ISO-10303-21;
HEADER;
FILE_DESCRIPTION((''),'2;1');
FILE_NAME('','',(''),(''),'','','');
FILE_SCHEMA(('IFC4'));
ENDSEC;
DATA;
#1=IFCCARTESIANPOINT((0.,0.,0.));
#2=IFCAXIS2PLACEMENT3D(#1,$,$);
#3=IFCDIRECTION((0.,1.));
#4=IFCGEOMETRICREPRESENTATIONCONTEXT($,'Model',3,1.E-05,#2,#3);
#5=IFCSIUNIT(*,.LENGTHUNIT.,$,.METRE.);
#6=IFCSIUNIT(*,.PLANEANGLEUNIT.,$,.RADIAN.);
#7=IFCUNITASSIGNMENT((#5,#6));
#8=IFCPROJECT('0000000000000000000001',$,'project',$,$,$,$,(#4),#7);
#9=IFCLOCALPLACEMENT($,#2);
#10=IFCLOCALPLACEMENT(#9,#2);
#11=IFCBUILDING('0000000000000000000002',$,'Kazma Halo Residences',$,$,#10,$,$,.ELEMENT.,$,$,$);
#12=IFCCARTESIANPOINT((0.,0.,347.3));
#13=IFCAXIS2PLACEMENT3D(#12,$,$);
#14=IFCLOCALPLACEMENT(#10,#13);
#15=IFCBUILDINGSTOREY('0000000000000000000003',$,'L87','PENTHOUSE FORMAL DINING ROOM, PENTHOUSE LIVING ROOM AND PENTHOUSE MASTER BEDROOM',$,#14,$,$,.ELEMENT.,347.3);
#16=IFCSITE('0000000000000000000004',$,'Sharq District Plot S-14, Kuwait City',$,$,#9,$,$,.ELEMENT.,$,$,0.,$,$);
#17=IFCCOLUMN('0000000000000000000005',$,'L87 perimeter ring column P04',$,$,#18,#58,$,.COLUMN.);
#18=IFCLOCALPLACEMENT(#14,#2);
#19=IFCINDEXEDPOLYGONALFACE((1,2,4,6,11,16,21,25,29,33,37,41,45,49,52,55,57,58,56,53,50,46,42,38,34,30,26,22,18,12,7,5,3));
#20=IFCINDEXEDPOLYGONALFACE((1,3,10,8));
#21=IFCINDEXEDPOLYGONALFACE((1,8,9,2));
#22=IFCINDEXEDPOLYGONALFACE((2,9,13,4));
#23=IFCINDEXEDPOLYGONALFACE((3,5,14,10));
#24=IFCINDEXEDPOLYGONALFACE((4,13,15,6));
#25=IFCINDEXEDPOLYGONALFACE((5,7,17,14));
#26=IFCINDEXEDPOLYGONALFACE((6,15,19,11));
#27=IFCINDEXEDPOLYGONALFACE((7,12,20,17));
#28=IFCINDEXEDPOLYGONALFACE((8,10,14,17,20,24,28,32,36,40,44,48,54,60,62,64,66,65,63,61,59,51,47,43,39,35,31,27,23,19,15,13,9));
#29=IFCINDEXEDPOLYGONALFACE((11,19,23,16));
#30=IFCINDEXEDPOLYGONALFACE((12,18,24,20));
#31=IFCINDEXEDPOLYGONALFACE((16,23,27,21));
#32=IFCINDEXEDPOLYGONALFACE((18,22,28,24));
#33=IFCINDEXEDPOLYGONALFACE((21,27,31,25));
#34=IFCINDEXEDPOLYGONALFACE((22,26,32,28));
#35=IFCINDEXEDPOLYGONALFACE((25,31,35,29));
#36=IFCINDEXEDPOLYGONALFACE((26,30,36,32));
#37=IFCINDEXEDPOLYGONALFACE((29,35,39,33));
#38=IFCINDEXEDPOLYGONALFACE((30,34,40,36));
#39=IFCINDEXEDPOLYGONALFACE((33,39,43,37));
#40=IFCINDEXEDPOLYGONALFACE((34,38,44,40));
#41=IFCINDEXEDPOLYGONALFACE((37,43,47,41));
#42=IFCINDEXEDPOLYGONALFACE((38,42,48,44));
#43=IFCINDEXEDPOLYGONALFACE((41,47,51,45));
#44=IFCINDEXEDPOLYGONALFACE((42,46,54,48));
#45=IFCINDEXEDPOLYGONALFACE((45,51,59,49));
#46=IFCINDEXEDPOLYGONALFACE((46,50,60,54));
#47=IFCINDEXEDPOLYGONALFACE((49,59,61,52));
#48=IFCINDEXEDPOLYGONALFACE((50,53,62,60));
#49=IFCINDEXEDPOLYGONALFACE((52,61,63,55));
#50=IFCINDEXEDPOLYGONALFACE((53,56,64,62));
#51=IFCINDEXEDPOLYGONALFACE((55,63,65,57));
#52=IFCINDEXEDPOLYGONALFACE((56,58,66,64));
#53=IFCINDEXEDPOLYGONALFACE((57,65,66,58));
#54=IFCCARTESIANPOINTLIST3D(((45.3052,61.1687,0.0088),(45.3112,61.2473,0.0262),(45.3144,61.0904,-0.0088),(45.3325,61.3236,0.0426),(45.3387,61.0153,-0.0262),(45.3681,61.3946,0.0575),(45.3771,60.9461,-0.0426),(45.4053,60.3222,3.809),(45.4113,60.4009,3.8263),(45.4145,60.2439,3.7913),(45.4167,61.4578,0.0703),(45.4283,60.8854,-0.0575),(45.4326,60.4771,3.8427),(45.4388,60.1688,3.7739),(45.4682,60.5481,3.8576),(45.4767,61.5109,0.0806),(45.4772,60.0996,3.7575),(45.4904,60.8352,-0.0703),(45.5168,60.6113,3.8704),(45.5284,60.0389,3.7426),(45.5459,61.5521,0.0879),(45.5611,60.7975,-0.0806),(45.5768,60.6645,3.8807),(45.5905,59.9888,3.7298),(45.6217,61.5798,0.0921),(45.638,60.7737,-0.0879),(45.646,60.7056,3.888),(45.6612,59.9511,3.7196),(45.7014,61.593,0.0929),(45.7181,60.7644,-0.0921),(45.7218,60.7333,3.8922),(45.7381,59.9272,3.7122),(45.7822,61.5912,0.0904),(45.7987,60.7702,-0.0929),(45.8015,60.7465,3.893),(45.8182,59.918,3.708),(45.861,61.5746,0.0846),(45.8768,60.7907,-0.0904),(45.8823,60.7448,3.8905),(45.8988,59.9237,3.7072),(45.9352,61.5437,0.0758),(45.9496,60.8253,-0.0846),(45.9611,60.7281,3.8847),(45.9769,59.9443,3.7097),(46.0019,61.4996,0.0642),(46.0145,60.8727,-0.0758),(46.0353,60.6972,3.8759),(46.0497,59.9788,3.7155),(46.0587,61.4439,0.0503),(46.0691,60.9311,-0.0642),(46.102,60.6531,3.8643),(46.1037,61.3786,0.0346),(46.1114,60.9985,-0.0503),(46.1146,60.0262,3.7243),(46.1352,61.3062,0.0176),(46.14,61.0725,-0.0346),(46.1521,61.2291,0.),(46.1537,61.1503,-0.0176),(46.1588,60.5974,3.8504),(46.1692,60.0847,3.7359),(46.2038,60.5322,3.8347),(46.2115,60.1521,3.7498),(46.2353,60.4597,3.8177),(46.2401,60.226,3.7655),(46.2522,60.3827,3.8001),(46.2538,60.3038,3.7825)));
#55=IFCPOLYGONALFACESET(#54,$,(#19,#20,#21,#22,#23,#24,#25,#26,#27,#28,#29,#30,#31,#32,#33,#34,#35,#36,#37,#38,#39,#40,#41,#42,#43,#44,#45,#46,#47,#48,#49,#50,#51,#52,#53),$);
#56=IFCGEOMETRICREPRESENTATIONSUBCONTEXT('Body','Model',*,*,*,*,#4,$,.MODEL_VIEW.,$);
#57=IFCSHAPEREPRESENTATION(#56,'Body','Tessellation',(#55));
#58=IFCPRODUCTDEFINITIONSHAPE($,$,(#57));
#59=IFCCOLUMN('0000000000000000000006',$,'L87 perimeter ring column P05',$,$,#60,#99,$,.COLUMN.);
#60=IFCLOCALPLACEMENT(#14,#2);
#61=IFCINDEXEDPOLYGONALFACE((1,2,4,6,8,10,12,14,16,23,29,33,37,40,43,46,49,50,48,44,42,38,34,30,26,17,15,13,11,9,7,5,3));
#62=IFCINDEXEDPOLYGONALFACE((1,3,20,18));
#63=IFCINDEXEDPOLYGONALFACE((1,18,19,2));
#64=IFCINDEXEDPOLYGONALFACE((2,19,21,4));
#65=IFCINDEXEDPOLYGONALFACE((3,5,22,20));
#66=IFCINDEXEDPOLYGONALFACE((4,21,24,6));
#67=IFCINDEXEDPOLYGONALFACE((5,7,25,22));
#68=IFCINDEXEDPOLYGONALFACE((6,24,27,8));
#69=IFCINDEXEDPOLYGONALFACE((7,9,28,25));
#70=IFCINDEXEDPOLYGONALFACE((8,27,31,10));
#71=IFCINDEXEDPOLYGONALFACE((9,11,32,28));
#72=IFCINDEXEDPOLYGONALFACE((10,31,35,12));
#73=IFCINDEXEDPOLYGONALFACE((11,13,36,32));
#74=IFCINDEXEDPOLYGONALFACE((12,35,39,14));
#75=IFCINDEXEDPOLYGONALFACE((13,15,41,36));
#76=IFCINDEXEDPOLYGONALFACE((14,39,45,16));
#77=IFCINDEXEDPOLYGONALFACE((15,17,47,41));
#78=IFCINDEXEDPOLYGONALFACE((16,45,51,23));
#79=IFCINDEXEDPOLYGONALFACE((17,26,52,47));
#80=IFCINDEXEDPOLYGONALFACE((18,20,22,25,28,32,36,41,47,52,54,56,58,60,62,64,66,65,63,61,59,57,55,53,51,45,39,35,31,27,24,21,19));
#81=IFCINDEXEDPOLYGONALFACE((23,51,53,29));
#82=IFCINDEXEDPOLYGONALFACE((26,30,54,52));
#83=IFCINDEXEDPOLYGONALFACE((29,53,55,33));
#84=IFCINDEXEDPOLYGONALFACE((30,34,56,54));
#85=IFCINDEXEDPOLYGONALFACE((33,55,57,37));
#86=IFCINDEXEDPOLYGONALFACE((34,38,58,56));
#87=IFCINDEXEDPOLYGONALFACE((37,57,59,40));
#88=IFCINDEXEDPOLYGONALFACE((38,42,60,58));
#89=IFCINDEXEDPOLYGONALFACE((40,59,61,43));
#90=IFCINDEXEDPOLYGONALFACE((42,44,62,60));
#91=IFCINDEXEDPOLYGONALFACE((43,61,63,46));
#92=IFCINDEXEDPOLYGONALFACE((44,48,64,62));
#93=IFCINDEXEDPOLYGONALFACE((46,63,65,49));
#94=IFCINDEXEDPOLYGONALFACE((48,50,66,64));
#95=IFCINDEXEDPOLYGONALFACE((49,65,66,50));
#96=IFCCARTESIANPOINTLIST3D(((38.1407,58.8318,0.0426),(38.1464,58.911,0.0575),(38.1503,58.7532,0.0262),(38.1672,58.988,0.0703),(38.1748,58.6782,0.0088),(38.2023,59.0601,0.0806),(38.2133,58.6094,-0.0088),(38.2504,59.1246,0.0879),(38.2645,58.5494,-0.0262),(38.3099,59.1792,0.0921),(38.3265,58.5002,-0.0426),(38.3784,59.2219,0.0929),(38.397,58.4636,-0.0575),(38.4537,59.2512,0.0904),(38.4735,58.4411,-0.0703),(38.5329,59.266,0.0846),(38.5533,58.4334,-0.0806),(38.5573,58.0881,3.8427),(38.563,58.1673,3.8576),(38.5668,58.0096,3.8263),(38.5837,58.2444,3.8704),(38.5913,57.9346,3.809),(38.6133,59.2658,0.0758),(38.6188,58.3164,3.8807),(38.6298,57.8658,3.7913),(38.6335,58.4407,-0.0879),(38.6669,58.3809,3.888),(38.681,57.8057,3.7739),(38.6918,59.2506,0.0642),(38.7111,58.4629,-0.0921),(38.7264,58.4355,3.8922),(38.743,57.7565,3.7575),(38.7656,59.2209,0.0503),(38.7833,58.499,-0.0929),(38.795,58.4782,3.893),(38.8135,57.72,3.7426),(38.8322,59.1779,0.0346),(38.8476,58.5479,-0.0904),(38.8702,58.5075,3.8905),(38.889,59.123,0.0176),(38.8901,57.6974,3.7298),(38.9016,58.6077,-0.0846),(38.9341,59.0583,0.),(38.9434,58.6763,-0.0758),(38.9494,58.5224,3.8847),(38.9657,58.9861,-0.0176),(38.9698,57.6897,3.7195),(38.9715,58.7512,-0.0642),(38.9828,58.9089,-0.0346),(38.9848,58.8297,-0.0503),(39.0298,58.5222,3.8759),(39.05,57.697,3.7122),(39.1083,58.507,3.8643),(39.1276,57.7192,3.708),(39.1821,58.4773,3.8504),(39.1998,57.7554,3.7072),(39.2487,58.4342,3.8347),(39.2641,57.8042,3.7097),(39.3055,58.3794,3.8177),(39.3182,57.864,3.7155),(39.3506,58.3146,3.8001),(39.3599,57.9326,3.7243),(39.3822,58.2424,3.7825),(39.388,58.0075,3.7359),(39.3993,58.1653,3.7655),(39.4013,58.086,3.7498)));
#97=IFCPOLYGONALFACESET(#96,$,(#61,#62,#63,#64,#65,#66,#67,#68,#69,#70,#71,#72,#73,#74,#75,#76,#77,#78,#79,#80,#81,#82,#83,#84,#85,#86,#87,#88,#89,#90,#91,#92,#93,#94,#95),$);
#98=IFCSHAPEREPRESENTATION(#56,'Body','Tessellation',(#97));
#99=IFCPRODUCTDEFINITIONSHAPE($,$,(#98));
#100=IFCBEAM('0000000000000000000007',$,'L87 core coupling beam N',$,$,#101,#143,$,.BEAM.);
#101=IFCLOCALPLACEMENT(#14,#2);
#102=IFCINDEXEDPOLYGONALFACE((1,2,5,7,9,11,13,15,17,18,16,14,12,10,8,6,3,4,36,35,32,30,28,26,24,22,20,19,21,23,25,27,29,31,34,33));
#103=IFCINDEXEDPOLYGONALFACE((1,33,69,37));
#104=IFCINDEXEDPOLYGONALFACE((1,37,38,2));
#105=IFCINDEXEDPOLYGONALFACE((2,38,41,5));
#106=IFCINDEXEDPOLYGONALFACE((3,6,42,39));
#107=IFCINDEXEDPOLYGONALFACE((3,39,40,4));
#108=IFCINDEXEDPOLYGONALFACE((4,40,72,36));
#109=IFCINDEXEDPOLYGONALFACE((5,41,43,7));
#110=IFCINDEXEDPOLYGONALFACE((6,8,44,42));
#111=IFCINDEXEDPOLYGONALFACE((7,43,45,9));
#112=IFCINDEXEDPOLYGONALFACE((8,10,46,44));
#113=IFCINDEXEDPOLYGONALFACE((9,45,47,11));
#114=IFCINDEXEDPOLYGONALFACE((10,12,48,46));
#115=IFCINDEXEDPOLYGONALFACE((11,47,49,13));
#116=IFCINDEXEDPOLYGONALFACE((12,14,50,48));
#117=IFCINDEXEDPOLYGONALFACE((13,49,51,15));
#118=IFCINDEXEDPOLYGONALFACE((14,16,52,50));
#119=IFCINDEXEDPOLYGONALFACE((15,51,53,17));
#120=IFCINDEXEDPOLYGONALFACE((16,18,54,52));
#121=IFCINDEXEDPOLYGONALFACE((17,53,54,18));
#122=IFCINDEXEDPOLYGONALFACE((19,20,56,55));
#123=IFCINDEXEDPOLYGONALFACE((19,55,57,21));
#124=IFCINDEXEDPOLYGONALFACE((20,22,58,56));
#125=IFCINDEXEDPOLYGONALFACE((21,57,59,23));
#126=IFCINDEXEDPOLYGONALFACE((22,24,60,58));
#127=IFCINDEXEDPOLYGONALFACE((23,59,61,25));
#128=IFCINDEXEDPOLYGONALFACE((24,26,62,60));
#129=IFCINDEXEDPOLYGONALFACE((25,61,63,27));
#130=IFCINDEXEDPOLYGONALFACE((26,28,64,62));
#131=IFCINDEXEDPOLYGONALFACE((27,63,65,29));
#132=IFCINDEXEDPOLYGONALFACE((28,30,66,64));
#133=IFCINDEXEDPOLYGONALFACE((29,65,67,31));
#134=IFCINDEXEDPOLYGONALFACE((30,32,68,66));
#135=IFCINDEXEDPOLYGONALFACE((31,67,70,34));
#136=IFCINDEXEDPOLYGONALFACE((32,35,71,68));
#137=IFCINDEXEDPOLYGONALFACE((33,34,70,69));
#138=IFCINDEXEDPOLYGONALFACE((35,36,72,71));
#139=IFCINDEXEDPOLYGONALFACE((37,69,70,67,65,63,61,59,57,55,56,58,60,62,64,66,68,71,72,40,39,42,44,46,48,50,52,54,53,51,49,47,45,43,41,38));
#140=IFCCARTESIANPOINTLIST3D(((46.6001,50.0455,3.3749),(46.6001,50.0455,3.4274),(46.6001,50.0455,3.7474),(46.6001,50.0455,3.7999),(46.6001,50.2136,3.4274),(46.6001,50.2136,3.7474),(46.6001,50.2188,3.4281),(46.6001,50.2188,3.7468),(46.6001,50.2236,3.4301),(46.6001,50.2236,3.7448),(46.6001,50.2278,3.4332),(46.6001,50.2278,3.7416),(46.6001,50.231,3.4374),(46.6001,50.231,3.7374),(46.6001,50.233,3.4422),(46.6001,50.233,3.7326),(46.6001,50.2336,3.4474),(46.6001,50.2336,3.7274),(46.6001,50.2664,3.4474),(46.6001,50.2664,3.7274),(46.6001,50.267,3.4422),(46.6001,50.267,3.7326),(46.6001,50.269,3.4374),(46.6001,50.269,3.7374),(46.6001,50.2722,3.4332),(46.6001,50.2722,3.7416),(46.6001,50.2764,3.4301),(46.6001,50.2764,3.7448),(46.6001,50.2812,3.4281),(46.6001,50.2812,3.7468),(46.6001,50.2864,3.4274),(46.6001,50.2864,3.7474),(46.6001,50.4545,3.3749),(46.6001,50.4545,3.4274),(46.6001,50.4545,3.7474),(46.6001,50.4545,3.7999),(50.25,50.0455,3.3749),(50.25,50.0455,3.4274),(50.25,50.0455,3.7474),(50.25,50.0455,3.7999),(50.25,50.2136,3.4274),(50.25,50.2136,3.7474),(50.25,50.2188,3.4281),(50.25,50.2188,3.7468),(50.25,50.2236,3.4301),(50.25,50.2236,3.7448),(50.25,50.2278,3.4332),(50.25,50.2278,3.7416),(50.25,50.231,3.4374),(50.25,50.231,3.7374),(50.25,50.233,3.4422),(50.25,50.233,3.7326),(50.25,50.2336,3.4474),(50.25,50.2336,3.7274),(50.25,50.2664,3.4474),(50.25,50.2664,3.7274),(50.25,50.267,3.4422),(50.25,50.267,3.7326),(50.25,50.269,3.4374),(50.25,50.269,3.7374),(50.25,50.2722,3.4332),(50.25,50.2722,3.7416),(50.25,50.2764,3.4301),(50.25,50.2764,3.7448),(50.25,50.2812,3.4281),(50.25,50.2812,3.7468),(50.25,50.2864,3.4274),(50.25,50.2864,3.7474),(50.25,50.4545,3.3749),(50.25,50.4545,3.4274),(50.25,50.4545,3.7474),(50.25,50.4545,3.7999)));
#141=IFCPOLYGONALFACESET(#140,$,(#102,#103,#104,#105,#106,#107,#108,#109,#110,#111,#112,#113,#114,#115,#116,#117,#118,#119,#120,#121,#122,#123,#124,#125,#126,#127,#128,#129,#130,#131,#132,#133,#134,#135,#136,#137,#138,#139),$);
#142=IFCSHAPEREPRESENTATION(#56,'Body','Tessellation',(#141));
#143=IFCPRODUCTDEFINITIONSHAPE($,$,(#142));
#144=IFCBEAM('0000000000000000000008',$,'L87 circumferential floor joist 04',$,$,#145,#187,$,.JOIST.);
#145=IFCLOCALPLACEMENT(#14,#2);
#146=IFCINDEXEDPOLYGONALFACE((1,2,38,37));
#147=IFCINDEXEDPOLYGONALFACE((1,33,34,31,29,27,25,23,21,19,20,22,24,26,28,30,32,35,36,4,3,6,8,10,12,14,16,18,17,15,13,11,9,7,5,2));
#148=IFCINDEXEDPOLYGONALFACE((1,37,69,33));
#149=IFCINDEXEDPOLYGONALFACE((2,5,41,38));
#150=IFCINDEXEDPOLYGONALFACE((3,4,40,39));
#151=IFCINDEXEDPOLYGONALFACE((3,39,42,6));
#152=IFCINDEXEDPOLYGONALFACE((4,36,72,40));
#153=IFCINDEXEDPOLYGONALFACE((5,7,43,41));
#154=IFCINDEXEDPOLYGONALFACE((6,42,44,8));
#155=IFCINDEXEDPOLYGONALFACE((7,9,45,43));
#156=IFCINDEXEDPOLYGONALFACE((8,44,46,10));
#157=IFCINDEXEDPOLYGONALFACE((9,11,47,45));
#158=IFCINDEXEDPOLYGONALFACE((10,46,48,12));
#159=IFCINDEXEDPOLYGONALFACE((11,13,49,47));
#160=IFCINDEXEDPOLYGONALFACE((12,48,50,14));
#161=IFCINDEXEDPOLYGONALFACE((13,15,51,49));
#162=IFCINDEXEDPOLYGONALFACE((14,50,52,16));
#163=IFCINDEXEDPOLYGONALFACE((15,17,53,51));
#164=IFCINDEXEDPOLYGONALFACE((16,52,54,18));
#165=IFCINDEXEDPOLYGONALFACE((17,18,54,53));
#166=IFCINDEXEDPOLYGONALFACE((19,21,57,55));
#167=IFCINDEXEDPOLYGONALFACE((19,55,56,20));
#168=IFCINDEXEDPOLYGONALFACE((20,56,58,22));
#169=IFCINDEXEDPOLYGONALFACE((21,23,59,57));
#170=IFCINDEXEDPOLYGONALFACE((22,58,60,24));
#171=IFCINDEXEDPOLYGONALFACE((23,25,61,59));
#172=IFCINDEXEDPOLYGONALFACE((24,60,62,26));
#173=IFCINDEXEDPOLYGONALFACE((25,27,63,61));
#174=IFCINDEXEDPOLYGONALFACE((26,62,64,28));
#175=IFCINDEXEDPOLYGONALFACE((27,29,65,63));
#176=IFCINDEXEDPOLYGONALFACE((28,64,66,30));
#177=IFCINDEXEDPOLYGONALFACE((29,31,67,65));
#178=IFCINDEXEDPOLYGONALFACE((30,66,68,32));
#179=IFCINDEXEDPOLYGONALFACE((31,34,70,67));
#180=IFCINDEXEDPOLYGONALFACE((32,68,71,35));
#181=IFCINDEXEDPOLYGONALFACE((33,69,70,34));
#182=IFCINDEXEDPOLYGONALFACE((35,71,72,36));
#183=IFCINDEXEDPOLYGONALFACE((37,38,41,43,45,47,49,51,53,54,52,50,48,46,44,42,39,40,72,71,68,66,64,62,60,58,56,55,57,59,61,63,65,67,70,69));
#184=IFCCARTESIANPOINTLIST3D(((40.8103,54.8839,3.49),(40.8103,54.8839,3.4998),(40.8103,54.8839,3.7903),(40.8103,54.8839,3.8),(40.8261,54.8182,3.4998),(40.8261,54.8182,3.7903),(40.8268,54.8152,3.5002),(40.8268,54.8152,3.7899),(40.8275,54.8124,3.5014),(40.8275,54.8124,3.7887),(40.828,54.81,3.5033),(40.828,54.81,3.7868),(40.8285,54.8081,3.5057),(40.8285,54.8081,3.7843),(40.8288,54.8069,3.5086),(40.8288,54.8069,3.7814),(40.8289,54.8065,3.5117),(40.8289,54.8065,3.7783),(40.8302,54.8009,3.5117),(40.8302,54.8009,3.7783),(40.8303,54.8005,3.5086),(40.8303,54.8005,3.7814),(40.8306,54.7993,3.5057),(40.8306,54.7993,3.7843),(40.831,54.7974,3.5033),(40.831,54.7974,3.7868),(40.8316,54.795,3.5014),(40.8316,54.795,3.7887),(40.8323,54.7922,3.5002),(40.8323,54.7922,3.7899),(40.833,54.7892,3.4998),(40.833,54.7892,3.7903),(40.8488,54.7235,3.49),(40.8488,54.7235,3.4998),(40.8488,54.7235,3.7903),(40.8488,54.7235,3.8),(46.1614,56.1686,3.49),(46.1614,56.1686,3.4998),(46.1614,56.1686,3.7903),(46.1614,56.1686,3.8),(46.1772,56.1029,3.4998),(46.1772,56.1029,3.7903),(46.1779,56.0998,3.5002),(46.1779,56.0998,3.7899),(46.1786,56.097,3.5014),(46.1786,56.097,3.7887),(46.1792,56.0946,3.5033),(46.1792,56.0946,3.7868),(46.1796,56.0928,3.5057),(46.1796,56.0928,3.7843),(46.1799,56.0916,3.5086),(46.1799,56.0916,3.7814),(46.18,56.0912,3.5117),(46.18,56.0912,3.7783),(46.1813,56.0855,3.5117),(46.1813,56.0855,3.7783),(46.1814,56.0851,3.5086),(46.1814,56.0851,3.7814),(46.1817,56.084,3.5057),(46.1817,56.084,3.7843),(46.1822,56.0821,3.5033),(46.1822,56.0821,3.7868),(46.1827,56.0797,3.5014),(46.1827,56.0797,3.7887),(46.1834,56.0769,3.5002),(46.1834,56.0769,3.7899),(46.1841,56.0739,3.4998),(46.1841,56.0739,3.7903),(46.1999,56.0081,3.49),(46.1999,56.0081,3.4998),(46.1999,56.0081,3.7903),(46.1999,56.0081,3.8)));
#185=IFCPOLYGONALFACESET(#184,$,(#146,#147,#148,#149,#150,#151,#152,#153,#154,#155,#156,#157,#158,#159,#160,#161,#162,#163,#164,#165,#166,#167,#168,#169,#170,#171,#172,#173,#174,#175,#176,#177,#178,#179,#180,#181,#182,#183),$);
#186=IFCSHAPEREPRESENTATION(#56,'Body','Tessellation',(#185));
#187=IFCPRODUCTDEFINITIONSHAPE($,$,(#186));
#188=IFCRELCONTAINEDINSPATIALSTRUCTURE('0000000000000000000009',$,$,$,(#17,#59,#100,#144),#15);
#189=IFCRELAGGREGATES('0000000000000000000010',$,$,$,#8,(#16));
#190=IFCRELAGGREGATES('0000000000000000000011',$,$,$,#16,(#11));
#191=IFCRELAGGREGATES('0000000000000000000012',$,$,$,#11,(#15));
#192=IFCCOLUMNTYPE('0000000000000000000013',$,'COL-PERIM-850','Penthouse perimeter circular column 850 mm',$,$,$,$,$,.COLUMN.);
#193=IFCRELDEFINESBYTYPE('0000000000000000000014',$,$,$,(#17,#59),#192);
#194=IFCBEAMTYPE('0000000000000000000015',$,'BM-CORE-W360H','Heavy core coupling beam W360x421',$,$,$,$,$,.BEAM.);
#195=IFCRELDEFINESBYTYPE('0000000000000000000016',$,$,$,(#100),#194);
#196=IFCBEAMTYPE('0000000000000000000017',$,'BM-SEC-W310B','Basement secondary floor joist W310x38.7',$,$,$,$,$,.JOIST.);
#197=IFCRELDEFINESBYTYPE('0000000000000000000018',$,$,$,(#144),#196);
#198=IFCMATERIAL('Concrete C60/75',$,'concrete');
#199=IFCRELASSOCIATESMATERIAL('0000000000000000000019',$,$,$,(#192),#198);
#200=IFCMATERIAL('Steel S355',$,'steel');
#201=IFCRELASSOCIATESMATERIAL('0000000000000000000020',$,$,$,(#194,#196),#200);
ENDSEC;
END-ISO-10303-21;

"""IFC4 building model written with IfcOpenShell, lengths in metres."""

from ifc_helpers import new_model, si_unit, direction, frame, origin, origin_2d, place, context, subcontext, project, spatial, circle, i_section, extrude, material, material_profile, profile_set, type_object, element, save


model = new_model("IFC4")

# Units and contexts
model_context = context("Model", 3, precision=1e-05, world=origin(), true_north=direction((0.0, 1.0)))
body_context = subcontext(model_context, "Body", "Model", "MODEL_VIEW")
ifc_project = project(units=[si_unit("LENGTHUNIT", "METRE"), si_unit("PLANEANGLEUNIT", "RADIAN")], contexts=[model_context])

# Site, building, storey
site_placement = place(None, origin())
site = spatial("IfcSite", under=ifc_project, at=site_placement, Name="Sharq District Plot S-14, Kuwait City", CompositionType="ELEMENT", RefElevation=0.0)
building_placement = place(site_placement, origin())
building = spatial("IfcBuilding", under=site, at=building_placement, Name="Kazma Halo Residences", CompositionType="ELEMENT")
storey_placement = place(building_placement, frame((0.0, 0.0, 347.3)))
storey = spatial("IfcBuildingStorey", under=building, at=storey_placement, Name="L87", Description="PENTHOUSE FORMAL DINING ROOM, PENTHOUSE LIVING ROOM AND PENTHOUSE MASTER BEDROOM", CompositionType="ELEMENT", Elevation=347.3)

# Columns
ifc_material_1 = material(Name="Concrete C60/75", Category="concrete")
ifc_material_profile_1 = material_profile(ifc_material_1, circle(Radius=0.425, at=origin_2d()), Name="CIRC850")
ifc_profile_set_1 = profile_set([ifc_material_profile_1], Name="Concrete C60/75")
column_type = type_object("IfcColumnType", Name="COL-PERIM-850", Description="Penthouse perimeter circular column 850 mm", PredefinedType="COLUMN", material=ifc_profile_set_1)
for number, where, z_axis, x_axis, name in (
    (1, (45.73, 61.1792, 0.0), (0.025703, -0.217343, 0.975757), (0.99308, 0.11744, 0.0), "L87 perimeter ring column P04"),
    (2, (38.5632, 58.8506, 0.0), (0.106948, -0.190951, 0.975756), (0.872477, 0.488656, 0.0), "L87 perimeter ring column P05"),
):
    element("IfcColumn", number, at=place(storey_placement, frame(where, z_axis=z_axis, x_axis=x_axis)), inside=storey, type_object=column_type, Name=name, PredefinedType="COLUMN", context=body_context, shape_type="SweptSolid", body=[
        extrude(circle(Radius=0.425, at=origin_2d()), origin(), (0.0, 0.0, 1.0), 3.8945),
    ])

# Beams
ifc_material_2 = material(Name="Steel S355", Category="steel")
ifc_material_profile_2 = material_profile(ifc_material_2, i_section(OverallWidth=0.4089, OverallDepth=0.425, WebThickness=0.0327, FlangeThickness=0.0525, FilletRadius=0.02, at=origin_2d()), Name="W360x421")
ifc_profile_set_2 = profile_set([ifc_material_profile_2], Name="Steel S355")
beam_type_1 = type_object("IfcBeamType", Name="BM-CORE-W360H", Description="Heavy core coupling beam W360x421", PredefinedType="BEAM", material=ifc_profile_set_2)
beam_1_placement = place(storey_placement, frame((46.6001, 50.25, 3.5874), z_axis=(1.0, 0.0, 0.0), x_axis=(0.0, 1.0, 0.0)))
element("IfcBeam", 3, at=beam_1_placement, inside=storey, type_object=beam_type_1, Name="L87 core coupling beam N", PredefinedType="BEAM", context=body_context, shape_type="SweptSolid", body=[
    extrude(i_section(OverallWidth=0.4089, OverallDepth=0.425, WebThickness=0.0327, FlangeThickness=0.0525, FilletRadius=0.02, at=origin_2d()), origin(), (0.0, 0.0, 1.0), 3.6499),
])
ifc_material_profile_3 = material_profile(ifc_material_2, i_section(OverallWidth=0.165, OverallDepth=0.3101, WebThickness=0.0059, FlangeThickness=0.0098, FilletRadius=0.012, at=origin_2d()), Name="W310x38.7")
ifc_profile_set_3 = profile_set([ifc_material_profile_3], Name="Steel S355")
beam_type_2 = type_object("IfcBeamType", Name="BM-SEC-W310B", Description="Basement secondary floor joist W310x38.7", PredefinedType="JOIST", material=ifc_profile_set_3)
beam_2_placement = place(storey_placement, frame((46.1807, 56.0884, 3.645), z_axis=(-0.97237, -0.233443, 0.0), x_axis=(0.233443, -0.97237, 0.0)))
element("IfcBeam", 4, at=beam_2_placement, inside=storey, type_object=beam_type_2, Name="L87 circumferential floor joist 04", PredefinedType="JOIST", context=body_context, shape_type="SweptSolid", body=[
    extrude(i_section(OverallWidth=0.165, OverallDepth=0.3101, WebThickness=0.0059, FlangeThickness=0.0098, FilletRadius=0.012, at=origin_2d()), origin(), (0.0, 0.0, 1.0), 5.5032),
])

save(model, "model.ifc")
